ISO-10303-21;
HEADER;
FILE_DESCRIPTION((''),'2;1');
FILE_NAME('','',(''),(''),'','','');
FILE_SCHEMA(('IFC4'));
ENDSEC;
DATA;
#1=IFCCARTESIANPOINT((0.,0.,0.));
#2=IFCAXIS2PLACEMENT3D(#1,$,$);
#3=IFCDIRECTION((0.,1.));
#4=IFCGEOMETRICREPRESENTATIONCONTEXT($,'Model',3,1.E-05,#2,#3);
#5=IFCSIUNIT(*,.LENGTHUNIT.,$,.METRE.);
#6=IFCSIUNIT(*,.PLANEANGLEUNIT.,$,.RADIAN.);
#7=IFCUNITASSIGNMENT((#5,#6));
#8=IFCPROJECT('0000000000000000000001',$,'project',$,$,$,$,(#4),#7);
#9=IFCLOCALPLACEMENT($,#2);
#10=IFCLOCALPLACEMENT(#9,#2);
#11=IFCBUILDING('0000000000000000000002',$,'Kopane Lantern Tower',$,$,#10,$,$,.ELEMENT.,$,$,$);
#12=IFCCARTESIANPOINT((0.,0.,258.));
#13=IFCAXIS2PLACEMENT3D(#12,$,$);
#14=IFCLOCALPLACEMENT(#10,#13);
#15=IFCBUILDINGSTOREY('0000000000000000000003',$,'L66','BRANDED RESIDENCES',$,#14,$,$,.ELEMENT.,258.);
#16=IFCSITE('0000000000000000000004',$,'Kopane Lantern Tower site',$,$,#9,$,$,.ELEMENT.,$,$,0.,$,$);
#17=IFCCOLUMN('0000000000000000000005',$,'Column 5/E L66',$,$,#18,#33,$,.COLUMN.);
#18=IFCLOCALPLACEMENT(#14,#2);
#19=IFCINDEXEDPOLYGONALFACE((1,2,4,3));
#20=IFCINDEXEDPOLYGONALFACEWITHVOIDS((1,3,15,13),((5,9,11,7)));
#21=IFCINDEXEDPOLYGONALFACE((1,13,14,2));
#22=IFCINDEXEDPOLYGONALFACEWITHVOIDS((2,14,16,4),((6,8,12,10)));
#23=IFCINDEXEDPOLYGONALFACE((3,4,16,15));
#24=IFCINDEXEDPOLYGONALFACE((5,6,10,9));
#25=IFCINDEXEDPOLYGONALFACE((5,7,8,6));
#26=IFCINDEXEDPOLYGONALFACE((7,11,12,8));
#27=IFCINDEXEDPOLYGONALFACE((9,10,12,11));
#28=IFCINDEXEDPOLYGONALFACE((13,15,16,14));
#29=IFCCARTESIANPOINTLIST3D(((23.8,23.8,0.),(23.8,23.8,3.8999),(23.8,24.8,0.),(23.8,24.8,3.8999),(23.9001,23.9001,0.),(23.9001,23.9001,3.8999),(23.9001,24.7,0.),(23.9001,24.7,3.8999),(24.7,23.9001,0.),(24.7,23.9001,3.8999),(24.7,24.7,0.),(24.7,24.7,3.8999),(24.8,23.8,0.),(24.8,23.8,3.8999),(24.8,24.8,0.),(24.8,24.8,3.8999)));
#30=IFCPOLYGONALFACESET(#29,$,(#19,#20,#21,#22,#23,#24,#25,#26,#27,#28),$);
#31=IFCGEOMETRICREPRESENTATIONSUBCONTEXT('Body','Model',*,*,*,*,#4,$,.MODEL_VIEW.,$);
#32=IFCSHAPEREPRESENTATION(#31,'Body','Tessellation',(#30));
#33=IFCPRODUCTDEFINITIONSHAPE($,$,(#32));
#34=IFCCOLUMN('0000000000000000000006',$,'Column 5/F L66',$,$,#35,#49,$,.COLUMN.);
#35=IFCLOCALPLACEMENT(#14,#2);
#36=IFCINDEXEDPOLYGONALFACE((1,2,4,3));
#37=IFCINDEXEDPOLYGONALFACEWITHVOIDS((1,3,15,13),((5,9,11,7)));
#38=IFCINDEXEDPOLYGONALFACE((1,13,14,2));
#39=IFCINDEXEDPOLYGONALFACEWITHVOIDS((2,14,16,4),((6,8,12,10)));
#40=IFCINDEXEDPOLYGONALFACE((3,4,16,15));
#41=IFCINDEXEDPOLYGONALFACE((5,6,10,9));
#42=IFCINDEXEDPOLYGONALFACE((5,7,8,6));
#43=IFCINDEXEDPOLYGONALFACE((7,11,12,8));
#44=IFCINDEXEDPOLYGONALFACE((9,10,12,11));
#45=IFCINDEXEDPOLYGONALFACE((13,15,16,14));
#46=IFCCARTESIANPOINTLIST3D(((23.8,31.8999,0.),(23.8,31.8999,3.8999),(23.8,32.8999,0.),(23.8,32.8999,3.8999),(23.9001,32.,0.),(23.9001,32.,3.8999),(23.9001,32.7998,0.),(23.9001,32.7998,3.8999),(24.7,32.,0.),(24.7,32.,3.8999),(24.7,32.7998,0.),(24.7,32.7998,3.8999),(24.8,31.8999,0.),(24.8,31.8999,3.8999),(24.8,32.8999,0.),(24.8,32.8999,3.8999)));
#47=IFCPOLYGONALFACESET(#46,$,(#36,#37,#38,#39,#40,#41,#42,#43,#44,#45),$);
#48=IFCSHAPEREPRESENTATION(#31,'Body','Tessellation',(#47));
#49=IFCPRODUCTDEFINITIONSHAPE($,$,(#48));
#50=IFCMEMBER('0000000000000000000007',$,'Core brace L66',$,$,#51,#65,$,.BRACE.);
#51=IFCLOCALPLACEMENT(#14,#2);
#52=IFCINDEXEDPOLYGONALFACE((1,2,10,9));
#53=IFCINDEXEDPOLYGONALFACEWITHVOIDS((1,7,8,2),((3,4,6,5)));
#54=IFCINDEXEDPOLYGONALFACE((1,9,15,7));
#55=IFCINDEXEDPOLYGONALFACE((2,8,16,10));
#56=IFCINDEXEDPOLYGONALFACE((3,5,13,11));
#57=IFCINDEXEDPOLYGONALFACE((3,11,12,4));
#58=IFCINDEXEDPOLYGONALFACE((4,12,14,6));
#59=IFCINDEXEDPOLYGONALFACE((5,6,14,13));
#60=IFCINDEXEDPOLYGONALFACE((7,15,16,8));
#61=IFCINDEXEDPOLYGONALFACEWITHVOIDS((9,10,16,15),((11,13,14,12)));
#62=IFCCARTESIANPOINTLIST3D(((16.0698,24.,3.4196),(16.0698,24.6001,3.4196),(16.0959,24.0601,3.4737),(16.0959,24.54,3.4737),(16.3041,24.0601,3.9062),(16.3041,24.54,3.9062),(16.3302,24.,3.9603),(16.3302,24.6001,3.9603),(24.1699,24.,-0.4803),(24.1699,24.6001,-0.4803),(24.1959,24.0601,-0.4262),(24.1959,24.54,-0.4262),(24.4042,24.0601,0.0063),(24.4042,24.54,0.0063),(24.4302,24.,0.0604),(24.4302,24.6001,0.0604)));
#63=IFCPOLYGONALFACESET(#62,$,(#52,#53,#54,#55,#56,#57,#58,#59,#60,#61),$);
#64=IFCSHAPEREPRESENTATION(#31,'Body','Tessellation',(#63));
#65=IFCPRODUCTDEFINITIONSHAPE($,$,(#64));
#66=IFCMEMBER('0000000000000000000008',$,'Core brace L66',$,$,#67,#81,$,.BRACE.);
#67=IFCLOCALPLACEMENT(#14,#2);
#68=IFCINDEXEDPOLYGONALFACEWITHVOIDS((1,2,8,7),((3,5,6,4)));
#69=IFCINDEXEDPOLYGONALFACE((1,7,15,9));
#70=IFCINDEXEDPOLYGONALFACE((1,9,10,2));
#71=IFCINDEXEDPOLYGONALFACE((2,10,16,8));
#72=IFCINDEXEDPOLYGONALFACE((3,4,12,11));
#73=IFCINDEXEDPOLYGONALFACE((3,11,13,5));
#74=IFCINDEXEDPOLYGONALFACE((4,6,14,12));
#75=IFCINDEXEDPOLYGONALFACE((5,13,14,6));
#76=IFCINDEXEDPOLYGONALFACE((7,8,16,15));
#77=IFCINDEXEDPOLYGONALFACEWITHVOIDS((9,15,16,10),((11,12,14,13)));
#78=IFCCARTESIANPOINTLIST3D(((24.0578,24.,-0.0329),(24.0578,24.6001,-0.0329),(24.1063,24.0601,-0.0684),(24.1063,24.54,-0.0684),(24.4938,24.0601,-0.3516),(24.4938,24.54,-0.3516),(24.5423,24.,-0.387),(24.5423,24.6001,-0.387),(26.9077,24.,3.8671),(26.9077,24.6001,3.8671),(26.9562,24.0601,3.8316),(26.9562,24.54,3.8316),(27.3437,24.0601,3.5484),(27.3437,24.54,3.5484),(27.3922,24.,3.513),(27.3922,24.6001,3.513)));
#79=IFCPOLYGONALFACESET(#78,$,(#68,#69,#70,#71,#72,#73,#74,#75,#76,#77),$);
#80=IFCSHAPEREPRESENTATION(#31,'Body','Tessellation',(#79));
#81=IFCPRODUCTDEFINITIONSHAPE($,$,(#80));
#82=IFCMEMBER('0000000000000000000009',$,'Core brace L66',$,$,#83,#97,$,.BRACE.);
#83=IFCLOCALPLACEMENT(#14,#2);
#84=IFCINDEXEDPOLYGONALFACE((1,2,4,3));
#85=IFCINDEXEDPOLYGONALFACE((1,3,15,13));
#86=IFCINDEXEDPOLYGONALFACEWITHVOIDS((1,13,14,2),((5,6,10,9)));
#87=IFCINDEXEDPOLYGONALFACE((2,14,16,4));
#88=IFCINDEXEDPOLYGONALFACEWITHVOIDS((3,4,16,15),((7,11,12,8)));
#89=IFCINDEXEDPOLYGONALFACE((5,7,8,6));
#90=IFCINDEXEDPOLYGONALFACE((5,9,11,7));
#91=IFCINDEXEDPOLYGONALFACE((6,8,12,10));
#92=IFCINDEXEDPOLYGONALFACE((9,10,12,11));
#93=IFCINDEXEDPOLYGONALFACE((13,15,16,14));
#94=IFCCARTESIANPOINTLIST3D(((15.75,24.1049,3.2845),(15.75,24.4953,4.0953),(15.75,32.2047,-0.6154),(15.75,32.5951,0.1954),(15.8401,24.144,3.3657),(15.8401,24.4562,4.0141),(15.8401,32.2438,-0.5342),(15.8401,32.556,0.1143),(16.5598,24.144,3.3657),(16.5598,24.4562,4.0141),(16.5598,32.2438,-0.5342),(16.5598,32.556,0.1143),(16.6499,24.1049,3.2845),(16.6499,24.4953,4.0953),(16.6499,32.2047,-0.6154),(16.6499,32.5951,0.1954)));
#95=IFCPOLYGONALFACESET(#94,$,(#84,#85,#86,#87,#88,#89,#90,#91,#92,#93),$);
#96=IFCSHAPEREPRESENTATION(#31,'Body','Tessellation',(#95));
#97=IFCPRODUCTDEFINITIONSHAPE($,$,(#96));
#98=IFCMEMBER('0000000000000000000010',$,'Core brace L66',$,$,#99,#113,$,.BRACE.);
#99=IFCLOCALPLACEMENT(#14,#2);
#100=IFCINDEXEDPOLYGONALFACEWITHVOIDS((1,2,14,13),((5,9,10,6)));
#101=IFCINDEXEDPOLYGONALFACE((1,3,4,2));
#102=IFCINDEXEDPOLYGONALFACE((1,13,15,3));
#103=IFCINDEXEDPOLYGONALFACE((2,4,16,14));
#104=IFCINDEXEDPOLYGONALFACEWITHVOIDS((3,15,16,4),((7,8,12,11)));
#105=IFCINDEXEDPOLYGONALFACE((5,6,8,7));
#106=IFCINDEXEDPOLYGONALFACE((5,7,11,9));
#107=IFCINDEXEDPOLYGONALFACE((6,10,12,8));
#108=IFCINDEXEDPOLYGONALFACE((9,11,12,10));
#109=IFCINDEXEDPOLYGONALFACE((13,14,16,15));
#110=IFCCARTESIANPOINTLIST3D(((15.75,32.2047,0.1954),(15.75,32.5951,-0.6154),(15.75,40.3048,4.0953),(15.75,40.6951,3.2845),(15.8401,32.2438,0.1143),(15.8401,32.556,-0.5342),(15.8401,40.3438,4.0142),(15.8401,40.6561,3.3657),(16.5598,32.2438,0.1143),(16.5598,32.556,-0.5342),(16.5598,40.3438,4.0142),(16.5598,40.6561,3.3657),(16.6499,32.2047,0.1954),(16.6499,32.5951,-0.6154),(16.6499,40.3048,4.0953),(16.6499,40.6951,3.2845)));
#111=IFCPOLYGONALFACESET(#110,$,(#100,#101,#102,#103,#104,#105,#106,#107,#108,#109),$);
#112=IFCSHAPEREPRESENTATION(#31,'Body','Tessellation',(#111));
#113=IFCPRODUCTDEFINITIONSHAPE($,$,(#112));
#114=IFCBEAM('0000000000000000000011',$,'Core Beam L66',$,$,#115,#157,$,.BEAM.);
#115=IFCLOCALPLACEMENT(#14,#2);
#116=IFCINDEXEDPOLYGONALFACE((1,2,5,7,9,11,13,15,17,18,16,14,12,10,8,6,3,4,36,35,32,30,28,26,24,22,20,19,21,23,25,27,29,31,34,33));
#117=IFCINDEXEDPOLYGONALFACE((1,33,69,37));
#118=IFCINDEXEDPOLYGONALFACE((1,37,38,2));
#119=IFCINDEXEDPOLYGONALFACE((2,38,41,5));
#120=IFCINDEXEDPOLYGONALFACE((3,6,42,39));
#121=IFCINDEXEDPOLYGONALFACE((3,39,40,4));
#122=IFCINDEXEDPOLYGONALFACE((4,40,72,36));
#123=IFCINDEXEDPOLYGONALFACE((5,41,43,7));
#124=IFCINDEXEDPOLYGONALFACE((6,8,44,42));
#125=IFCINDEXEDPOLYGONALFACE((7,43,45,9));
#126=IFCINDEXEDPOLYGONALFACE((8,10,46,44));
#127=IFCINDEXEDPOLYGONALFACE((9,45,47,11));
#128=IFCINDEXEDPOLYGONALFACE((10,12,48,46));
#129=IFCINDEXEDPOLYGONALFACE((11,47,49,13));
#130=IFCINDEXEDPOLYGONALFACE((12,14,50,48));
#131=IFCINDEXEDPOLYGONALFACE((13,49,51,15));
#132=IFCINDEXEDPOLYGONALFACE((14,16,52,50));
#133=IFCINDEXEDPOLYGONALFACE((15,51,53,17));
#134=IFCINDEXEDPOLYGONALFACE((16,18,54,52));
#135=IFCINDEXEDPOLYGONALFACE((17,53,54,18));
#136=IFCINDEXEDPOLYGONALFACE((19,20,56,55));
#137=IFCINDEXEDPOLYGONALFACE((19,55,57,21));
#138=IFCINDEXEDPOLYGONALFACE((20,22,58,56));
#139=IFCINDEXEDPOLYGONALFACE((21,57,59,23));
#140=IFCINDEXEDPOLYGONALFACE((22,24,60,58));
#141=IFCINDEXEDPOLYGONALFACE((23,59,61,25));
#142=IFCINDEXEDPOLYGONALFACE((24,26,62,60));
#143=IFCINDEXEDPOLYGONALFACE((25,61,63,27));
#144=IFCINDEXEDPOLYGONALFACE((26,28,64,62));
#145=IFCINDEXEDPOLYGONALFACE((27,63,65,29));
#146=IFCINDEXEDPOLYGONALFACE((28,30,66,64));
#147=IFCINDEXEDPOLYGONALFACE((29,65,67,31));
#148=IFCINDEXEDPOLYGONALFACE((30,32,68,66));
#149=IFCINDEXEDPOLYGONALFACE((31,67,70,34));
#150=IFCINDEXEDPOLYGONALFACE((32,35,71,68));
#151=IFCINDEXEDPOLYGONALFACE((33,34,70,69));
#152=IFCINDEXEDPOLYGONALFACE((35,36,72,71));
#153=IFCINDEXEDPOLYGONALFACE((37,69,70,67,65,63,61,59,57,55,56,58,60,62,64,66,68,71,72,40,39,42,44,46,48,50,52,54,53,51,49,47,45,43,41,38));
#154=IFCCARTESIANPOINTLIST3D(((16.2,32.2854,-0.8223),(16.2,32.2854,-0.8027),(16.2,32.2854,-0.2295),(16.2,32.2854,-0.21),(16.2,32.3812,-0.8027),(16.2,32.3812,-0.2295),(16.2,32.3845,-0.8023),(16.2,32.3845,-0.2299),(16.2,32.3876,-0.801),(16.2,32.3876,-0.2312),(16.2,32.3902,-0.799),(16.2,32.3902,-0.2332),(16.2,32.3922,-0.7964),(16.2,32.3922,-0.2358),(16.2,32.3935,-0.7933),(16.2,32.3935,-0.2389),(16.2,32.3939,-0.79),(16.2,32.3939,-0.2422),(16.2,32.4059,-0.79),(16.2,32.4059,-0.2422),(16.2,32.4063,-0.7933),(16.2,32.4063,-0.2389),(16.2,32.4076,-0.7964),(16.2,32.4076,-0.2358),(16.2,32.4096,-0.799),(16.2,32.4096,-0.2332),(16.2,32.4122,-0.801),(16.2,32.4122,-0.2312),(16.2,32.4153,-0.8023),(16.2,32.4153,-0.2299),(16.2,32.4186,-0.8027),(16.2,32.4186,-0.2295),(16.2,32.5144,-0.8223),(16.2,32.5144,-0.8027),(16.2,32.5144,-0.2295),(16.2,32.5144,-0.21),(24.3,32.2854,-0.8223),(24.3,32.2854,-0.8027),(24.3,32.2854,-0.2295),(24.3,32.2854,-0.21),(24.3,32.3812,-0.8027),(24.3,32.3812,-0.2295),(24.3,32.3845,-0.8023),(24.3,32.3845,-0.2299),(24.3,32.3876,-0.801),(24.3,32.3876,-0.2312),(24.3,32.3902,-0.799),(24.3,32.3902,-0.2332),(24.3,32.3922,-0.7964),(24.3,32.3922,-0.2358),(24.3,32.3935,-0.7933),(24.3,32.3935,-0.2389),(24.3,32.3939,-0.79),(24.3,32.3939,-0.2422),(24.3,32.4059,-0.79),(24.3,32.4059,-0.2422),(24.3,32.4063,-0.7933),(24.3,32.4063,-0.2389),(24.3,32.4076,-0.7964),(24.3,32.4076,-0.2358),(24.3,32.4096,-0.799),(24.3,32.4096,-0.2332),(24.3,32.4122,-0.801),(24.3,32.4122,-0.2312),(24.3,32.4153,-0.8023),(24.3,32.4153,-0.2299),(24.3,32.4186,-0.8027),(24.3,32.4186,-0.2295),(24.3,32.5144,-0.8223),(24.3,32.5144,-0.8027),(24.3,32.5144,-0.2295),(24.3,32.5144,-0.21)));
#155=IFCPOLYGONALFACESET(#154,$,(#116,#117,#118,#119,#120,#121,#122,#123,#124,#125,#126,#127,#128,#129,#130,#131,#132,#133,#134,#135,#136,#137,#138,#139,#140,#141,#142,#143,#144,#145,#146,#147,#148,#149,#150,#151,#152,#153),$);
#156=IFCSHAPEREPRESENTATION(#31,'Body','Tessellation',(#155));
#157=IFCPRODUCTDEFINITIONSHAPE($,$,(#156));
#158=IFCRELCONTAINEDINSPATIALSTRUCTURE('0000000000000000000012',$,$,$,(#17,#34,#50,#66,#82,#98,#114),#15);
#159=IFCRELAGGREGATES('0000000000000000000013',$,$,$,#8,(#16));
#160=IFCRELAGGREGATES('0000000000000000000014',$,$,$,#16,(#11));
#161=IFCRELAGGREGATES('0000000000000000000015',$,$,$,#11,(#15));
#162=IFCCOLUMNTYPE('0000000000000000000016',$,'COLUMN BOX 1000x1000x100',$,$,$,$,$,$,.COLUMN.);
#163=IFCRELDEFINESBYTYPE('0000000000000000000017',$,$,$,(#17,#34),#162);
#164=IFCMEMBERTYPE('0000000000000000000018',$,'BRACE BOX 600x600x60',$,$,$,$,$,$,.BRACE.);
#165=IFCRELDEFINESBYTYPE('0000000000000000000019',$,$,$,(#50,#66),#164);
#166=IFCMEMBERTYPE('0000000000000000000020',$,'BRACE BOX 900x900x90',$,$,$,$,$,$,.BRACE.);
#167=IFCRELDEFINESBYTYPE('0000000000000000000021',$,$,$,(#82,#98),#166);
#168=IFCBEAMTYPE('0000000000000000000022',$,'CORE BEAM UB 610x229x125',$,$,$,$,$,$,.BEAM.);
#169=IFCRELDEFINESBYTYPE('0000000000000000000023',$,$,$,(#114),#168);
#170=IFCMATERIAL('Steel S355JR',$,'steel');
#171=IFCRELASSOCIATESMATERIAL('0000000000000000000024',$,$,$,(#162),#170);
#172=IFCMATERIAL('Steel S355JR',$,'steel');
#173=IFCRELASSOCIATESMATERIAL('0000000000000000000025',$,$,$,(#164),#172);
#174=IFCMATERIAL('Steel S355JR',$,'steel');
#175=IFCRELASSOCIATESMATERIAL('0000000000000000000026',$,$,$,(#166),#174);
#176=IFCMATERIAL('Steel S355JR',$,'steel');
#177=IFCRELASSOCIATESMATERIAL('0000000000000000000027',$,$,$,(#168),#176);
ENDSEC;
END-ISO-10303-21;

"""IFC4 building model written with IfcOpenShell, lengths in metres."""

from ifc_helpers import new_model, si_unit, direction, frame, origin, origin_2d, place, context, subcontext, project, spatial, hollow_rectangle, i_section, extrude, material, material_profile, profile_set, type_object, element, save


model = new_model("IFC4")

# Units and contexts
model_context = context("Model", 3, precision=1e-05, world=origin(), true_north=direction((0.0, 1.0)))
body_context = subcontext(model_context, "Body", "Model", "MODEL_VIEW")
ifc_project = project(units=[si_unit("LENGTHUNIT", "METRE"), si_unit("PLANEANGLEUNIT", "RADIAN")], contexts=[model_context])

# Site, building, storey
site_placement = place(None, origin())
site = spatial("IfcSite", under=ifc_project, at=site_placement, Name="Kopane Lantern Tower site", CompositionType="ELEMENT", RefElevation=0.0)
building_placement = place(site_placement, origin())
building = spatial("IfcBuilding", under=site, at=building_placement, Name="Kopane Lantern Tower", CompositionType="ELEMENT")
storey_placement = place(building_placement, frame((0.0, 0.0, 258.0)))
storey = spatial("IfcBuildingStorey", under=building, at=storey_placement, Name="L66", Description="BRANDED RESIDENCES", CompositionType="ELEMENT", Elevation=258.0)

# Columns
ifc_material_1 = material(Name="Steel S355JR", Category="steel")
ifc_material_profile_1 = material_profile(ifc_material_1, hollow_rectangle(XDim=1.0, YDim=1.0, WallThickness=0.1001, at=origin_2d()), Name="BOX 1000x1000x100")
ifc_profile_set_1 = profile_set([ifc_material_profile_1], Name="Steel S355JR")
column_type = type_object("IfcColumnType", Name="COLUMN BOX 1000x1000x100", PredefinedType="COLUMN", material=ifc_profile_set_1)
for number, where, z_axis, x_axis, name in (
    (1, (24.3, 24.3, 0.0), (0.0, 0.0, 1.0), (1.0, 0.0, 0.0), "Column 5/E L66"),
    (2, (24.3, 32.3999, 0.0), (0.0, 0.0, 1.0), (1.0, 0.0, 0.0), "Column 5/F L66"),
):
    element("IfcColumn", number, at=place(storey_placement, frame(where, z_axis=z_axis, x_axis=x_axis)), inside=storey, type_object=column_type, Name=name, PredefinedType="COLUMN", context=body_context, shape_type="SweptSolid", body=[
        extrude(hollow_rectangle(XDim=1.0, YDim=1.0, WallThickness=0.1001, at=origin_2d()), origin(), (0.0, 0.0, 1.0), 3.8999),
    ])

# Members
ifc_material_2 = material(Name="Steel S355JR", Category="steel")
ifc_material_profile_2 = material_profile(ifc_material_2, hollow_rectangle(XDim=0.6001, YDim=0.6001, WallThickness=0.0601, at=origin_2d()), Name="BOX 600x600x60")
ifc_profile_set_2 = profile_set([ifc_material_profile_2], Name="Steel S355JR")
member_type_1 = type_object("IfcMemberType", Name="BRACE BOX 600x600x60", PredefinedType="BRACE", material=ifc_profile_set_2)
member_1_placement = place(storey_placement, frame((24.3, 24.3, -0.21), z_axis=(-0.901008, 0.0, 0.433803), x_axis=(0.0, -1.0, 0.0)))
element("IfcMember", 3, at=member_1_placement, inside=storey, type_object=member_type_1, Name="Core brace L66", PredefinedType="BRACE", context=body_context, shape_type="SweptSolid", body=[
    extrude(hollow_rectangle(XDim=0.6001, YDim=0.6001, WallThickness=0.0601, at=origin_2d()), origin(), (0.0, 0.0, 1.0), 8.99),
])
member_2_placement = place(storey_placement, frame((24.3, 24.3, -0.21), z_axis=(0.590006, 0.0, 0.807399), x_axis=(0.0, 1.0, 0.0)))
element("IfcMember", 4, at=member_2_placement, inside=storey, type_object=member_type_1, Name="Core brace L66", PredefinedType="BRACE", context=body_context, shape_type="SweptSolid", body=[
    extrude(hollow_rectangle(XDim=0.6001, YDim=0.6001, WallThickness=0.0601, at=origin_2d()), origin(), (0.0, 0.0, 1.0), 4.8303),
])
ifc_material_3 = material(Name="Steel S355JR", Category="steel")
ifc_material_profile_3 = material_profile(ifc_material_3, hollow_rectangle(XDim=0.8999, YDim=0.8999, WallThickness=0.0901, at=origin_2d()), Name="BOX 900x900x90")
ifc_profile_set_3 = profile_set([ifc_material_profile_3], Name="Steel S355JR")
member_type_2 = type_object("IfcMemberType", Name="BRACE BOX 900x900x90", PredefinedType="BRACE", material=ifc_profile_set_3)
member_3_placement = place(storey_placement, frame((16.2, 32.3999, -0.21), z_axis=(0.0, -0.901003, 0.433813), x_axis=(1.0, 0.0, 0.0)))
element("IfcMember", 5, at=member_3_placement, inside=storey, type_object=member_type_2, Name="Core brace L66", PredefinedType="BRACE", context=body_context, shape_type="SweptSolid", body=[
    extrude(hollow_rectangle(XDim=0.8999, YDim=0.8999, WallThickness=0.0901, at=origin_2d()), origin(), (0.0, 0.0, 1.0), 8.9897),
])
member_4_placement = place(storey_placement, frame((16.2, 32.3999, -0.21), z_axis=(0.0, 0.901008, 0.433803), x_axis=(-1.0, 0.0, 0.0)))
element("IfcMember", 6, at=member_4_placement, inside=storey, type_object=member_type_2, Name="Core brace L66", PredefinedType="BRACE", context=body_context, shape_type="SweptSolid", body=[
    extrude(hollow_rectangle(XDim=0.8999, YDim=0.8999, WallThickness=0.0901, at=origin_2d()), origin(), (0.0, 0.0, 1.0), 8.99),
])

# Beam
ifc_material_4 = material(Name="Steel S355JR", Category="steel")
ifc_material_profile_4 = material_profile(ifc_material_4, i_section(OverallWidth=0.229, OverallDepth=0.6123, WebThickness=0.012, FlangeThickness=0.0195, FilletRadius=0.0127, at=origin_2d()), Name="UB 610x229x125")
ifc_profile_set_4 = profile_set([ifc_material_profile_4], Name="Steel S355JR")
beam_type_1 = type_object("IfcBeamType", Name="CORE BEAM UB 610x229x125", PredefinedType="BEAM", material=ifc_profile_set_4)
beam_1_placement = place(storey_placement, frame((16.2, 32.3999, -0.5161), z_axis=(1.0, 0.0, 0.0), x_axis=(0.0, 1.0, 0.0)))
element("IfcBeam", 7, at=beam_1_placement, inside=storey, type_object=beam_type_1, Name="Core Beam L66", PredefinedType="BEAM", context=body_context, shape_type="SweptSolid", body=[
    extrude(i_section(OverallWidth=0.229, OverallDepth=0.6123, WebThickness=0.012, FlangeThickness=0.0195, FilletRadius=0.0127, at=origin_2d()), origin(), (0.0, 0.0, 1.0), 8.1001),
])

save(model, "model.ifc")
